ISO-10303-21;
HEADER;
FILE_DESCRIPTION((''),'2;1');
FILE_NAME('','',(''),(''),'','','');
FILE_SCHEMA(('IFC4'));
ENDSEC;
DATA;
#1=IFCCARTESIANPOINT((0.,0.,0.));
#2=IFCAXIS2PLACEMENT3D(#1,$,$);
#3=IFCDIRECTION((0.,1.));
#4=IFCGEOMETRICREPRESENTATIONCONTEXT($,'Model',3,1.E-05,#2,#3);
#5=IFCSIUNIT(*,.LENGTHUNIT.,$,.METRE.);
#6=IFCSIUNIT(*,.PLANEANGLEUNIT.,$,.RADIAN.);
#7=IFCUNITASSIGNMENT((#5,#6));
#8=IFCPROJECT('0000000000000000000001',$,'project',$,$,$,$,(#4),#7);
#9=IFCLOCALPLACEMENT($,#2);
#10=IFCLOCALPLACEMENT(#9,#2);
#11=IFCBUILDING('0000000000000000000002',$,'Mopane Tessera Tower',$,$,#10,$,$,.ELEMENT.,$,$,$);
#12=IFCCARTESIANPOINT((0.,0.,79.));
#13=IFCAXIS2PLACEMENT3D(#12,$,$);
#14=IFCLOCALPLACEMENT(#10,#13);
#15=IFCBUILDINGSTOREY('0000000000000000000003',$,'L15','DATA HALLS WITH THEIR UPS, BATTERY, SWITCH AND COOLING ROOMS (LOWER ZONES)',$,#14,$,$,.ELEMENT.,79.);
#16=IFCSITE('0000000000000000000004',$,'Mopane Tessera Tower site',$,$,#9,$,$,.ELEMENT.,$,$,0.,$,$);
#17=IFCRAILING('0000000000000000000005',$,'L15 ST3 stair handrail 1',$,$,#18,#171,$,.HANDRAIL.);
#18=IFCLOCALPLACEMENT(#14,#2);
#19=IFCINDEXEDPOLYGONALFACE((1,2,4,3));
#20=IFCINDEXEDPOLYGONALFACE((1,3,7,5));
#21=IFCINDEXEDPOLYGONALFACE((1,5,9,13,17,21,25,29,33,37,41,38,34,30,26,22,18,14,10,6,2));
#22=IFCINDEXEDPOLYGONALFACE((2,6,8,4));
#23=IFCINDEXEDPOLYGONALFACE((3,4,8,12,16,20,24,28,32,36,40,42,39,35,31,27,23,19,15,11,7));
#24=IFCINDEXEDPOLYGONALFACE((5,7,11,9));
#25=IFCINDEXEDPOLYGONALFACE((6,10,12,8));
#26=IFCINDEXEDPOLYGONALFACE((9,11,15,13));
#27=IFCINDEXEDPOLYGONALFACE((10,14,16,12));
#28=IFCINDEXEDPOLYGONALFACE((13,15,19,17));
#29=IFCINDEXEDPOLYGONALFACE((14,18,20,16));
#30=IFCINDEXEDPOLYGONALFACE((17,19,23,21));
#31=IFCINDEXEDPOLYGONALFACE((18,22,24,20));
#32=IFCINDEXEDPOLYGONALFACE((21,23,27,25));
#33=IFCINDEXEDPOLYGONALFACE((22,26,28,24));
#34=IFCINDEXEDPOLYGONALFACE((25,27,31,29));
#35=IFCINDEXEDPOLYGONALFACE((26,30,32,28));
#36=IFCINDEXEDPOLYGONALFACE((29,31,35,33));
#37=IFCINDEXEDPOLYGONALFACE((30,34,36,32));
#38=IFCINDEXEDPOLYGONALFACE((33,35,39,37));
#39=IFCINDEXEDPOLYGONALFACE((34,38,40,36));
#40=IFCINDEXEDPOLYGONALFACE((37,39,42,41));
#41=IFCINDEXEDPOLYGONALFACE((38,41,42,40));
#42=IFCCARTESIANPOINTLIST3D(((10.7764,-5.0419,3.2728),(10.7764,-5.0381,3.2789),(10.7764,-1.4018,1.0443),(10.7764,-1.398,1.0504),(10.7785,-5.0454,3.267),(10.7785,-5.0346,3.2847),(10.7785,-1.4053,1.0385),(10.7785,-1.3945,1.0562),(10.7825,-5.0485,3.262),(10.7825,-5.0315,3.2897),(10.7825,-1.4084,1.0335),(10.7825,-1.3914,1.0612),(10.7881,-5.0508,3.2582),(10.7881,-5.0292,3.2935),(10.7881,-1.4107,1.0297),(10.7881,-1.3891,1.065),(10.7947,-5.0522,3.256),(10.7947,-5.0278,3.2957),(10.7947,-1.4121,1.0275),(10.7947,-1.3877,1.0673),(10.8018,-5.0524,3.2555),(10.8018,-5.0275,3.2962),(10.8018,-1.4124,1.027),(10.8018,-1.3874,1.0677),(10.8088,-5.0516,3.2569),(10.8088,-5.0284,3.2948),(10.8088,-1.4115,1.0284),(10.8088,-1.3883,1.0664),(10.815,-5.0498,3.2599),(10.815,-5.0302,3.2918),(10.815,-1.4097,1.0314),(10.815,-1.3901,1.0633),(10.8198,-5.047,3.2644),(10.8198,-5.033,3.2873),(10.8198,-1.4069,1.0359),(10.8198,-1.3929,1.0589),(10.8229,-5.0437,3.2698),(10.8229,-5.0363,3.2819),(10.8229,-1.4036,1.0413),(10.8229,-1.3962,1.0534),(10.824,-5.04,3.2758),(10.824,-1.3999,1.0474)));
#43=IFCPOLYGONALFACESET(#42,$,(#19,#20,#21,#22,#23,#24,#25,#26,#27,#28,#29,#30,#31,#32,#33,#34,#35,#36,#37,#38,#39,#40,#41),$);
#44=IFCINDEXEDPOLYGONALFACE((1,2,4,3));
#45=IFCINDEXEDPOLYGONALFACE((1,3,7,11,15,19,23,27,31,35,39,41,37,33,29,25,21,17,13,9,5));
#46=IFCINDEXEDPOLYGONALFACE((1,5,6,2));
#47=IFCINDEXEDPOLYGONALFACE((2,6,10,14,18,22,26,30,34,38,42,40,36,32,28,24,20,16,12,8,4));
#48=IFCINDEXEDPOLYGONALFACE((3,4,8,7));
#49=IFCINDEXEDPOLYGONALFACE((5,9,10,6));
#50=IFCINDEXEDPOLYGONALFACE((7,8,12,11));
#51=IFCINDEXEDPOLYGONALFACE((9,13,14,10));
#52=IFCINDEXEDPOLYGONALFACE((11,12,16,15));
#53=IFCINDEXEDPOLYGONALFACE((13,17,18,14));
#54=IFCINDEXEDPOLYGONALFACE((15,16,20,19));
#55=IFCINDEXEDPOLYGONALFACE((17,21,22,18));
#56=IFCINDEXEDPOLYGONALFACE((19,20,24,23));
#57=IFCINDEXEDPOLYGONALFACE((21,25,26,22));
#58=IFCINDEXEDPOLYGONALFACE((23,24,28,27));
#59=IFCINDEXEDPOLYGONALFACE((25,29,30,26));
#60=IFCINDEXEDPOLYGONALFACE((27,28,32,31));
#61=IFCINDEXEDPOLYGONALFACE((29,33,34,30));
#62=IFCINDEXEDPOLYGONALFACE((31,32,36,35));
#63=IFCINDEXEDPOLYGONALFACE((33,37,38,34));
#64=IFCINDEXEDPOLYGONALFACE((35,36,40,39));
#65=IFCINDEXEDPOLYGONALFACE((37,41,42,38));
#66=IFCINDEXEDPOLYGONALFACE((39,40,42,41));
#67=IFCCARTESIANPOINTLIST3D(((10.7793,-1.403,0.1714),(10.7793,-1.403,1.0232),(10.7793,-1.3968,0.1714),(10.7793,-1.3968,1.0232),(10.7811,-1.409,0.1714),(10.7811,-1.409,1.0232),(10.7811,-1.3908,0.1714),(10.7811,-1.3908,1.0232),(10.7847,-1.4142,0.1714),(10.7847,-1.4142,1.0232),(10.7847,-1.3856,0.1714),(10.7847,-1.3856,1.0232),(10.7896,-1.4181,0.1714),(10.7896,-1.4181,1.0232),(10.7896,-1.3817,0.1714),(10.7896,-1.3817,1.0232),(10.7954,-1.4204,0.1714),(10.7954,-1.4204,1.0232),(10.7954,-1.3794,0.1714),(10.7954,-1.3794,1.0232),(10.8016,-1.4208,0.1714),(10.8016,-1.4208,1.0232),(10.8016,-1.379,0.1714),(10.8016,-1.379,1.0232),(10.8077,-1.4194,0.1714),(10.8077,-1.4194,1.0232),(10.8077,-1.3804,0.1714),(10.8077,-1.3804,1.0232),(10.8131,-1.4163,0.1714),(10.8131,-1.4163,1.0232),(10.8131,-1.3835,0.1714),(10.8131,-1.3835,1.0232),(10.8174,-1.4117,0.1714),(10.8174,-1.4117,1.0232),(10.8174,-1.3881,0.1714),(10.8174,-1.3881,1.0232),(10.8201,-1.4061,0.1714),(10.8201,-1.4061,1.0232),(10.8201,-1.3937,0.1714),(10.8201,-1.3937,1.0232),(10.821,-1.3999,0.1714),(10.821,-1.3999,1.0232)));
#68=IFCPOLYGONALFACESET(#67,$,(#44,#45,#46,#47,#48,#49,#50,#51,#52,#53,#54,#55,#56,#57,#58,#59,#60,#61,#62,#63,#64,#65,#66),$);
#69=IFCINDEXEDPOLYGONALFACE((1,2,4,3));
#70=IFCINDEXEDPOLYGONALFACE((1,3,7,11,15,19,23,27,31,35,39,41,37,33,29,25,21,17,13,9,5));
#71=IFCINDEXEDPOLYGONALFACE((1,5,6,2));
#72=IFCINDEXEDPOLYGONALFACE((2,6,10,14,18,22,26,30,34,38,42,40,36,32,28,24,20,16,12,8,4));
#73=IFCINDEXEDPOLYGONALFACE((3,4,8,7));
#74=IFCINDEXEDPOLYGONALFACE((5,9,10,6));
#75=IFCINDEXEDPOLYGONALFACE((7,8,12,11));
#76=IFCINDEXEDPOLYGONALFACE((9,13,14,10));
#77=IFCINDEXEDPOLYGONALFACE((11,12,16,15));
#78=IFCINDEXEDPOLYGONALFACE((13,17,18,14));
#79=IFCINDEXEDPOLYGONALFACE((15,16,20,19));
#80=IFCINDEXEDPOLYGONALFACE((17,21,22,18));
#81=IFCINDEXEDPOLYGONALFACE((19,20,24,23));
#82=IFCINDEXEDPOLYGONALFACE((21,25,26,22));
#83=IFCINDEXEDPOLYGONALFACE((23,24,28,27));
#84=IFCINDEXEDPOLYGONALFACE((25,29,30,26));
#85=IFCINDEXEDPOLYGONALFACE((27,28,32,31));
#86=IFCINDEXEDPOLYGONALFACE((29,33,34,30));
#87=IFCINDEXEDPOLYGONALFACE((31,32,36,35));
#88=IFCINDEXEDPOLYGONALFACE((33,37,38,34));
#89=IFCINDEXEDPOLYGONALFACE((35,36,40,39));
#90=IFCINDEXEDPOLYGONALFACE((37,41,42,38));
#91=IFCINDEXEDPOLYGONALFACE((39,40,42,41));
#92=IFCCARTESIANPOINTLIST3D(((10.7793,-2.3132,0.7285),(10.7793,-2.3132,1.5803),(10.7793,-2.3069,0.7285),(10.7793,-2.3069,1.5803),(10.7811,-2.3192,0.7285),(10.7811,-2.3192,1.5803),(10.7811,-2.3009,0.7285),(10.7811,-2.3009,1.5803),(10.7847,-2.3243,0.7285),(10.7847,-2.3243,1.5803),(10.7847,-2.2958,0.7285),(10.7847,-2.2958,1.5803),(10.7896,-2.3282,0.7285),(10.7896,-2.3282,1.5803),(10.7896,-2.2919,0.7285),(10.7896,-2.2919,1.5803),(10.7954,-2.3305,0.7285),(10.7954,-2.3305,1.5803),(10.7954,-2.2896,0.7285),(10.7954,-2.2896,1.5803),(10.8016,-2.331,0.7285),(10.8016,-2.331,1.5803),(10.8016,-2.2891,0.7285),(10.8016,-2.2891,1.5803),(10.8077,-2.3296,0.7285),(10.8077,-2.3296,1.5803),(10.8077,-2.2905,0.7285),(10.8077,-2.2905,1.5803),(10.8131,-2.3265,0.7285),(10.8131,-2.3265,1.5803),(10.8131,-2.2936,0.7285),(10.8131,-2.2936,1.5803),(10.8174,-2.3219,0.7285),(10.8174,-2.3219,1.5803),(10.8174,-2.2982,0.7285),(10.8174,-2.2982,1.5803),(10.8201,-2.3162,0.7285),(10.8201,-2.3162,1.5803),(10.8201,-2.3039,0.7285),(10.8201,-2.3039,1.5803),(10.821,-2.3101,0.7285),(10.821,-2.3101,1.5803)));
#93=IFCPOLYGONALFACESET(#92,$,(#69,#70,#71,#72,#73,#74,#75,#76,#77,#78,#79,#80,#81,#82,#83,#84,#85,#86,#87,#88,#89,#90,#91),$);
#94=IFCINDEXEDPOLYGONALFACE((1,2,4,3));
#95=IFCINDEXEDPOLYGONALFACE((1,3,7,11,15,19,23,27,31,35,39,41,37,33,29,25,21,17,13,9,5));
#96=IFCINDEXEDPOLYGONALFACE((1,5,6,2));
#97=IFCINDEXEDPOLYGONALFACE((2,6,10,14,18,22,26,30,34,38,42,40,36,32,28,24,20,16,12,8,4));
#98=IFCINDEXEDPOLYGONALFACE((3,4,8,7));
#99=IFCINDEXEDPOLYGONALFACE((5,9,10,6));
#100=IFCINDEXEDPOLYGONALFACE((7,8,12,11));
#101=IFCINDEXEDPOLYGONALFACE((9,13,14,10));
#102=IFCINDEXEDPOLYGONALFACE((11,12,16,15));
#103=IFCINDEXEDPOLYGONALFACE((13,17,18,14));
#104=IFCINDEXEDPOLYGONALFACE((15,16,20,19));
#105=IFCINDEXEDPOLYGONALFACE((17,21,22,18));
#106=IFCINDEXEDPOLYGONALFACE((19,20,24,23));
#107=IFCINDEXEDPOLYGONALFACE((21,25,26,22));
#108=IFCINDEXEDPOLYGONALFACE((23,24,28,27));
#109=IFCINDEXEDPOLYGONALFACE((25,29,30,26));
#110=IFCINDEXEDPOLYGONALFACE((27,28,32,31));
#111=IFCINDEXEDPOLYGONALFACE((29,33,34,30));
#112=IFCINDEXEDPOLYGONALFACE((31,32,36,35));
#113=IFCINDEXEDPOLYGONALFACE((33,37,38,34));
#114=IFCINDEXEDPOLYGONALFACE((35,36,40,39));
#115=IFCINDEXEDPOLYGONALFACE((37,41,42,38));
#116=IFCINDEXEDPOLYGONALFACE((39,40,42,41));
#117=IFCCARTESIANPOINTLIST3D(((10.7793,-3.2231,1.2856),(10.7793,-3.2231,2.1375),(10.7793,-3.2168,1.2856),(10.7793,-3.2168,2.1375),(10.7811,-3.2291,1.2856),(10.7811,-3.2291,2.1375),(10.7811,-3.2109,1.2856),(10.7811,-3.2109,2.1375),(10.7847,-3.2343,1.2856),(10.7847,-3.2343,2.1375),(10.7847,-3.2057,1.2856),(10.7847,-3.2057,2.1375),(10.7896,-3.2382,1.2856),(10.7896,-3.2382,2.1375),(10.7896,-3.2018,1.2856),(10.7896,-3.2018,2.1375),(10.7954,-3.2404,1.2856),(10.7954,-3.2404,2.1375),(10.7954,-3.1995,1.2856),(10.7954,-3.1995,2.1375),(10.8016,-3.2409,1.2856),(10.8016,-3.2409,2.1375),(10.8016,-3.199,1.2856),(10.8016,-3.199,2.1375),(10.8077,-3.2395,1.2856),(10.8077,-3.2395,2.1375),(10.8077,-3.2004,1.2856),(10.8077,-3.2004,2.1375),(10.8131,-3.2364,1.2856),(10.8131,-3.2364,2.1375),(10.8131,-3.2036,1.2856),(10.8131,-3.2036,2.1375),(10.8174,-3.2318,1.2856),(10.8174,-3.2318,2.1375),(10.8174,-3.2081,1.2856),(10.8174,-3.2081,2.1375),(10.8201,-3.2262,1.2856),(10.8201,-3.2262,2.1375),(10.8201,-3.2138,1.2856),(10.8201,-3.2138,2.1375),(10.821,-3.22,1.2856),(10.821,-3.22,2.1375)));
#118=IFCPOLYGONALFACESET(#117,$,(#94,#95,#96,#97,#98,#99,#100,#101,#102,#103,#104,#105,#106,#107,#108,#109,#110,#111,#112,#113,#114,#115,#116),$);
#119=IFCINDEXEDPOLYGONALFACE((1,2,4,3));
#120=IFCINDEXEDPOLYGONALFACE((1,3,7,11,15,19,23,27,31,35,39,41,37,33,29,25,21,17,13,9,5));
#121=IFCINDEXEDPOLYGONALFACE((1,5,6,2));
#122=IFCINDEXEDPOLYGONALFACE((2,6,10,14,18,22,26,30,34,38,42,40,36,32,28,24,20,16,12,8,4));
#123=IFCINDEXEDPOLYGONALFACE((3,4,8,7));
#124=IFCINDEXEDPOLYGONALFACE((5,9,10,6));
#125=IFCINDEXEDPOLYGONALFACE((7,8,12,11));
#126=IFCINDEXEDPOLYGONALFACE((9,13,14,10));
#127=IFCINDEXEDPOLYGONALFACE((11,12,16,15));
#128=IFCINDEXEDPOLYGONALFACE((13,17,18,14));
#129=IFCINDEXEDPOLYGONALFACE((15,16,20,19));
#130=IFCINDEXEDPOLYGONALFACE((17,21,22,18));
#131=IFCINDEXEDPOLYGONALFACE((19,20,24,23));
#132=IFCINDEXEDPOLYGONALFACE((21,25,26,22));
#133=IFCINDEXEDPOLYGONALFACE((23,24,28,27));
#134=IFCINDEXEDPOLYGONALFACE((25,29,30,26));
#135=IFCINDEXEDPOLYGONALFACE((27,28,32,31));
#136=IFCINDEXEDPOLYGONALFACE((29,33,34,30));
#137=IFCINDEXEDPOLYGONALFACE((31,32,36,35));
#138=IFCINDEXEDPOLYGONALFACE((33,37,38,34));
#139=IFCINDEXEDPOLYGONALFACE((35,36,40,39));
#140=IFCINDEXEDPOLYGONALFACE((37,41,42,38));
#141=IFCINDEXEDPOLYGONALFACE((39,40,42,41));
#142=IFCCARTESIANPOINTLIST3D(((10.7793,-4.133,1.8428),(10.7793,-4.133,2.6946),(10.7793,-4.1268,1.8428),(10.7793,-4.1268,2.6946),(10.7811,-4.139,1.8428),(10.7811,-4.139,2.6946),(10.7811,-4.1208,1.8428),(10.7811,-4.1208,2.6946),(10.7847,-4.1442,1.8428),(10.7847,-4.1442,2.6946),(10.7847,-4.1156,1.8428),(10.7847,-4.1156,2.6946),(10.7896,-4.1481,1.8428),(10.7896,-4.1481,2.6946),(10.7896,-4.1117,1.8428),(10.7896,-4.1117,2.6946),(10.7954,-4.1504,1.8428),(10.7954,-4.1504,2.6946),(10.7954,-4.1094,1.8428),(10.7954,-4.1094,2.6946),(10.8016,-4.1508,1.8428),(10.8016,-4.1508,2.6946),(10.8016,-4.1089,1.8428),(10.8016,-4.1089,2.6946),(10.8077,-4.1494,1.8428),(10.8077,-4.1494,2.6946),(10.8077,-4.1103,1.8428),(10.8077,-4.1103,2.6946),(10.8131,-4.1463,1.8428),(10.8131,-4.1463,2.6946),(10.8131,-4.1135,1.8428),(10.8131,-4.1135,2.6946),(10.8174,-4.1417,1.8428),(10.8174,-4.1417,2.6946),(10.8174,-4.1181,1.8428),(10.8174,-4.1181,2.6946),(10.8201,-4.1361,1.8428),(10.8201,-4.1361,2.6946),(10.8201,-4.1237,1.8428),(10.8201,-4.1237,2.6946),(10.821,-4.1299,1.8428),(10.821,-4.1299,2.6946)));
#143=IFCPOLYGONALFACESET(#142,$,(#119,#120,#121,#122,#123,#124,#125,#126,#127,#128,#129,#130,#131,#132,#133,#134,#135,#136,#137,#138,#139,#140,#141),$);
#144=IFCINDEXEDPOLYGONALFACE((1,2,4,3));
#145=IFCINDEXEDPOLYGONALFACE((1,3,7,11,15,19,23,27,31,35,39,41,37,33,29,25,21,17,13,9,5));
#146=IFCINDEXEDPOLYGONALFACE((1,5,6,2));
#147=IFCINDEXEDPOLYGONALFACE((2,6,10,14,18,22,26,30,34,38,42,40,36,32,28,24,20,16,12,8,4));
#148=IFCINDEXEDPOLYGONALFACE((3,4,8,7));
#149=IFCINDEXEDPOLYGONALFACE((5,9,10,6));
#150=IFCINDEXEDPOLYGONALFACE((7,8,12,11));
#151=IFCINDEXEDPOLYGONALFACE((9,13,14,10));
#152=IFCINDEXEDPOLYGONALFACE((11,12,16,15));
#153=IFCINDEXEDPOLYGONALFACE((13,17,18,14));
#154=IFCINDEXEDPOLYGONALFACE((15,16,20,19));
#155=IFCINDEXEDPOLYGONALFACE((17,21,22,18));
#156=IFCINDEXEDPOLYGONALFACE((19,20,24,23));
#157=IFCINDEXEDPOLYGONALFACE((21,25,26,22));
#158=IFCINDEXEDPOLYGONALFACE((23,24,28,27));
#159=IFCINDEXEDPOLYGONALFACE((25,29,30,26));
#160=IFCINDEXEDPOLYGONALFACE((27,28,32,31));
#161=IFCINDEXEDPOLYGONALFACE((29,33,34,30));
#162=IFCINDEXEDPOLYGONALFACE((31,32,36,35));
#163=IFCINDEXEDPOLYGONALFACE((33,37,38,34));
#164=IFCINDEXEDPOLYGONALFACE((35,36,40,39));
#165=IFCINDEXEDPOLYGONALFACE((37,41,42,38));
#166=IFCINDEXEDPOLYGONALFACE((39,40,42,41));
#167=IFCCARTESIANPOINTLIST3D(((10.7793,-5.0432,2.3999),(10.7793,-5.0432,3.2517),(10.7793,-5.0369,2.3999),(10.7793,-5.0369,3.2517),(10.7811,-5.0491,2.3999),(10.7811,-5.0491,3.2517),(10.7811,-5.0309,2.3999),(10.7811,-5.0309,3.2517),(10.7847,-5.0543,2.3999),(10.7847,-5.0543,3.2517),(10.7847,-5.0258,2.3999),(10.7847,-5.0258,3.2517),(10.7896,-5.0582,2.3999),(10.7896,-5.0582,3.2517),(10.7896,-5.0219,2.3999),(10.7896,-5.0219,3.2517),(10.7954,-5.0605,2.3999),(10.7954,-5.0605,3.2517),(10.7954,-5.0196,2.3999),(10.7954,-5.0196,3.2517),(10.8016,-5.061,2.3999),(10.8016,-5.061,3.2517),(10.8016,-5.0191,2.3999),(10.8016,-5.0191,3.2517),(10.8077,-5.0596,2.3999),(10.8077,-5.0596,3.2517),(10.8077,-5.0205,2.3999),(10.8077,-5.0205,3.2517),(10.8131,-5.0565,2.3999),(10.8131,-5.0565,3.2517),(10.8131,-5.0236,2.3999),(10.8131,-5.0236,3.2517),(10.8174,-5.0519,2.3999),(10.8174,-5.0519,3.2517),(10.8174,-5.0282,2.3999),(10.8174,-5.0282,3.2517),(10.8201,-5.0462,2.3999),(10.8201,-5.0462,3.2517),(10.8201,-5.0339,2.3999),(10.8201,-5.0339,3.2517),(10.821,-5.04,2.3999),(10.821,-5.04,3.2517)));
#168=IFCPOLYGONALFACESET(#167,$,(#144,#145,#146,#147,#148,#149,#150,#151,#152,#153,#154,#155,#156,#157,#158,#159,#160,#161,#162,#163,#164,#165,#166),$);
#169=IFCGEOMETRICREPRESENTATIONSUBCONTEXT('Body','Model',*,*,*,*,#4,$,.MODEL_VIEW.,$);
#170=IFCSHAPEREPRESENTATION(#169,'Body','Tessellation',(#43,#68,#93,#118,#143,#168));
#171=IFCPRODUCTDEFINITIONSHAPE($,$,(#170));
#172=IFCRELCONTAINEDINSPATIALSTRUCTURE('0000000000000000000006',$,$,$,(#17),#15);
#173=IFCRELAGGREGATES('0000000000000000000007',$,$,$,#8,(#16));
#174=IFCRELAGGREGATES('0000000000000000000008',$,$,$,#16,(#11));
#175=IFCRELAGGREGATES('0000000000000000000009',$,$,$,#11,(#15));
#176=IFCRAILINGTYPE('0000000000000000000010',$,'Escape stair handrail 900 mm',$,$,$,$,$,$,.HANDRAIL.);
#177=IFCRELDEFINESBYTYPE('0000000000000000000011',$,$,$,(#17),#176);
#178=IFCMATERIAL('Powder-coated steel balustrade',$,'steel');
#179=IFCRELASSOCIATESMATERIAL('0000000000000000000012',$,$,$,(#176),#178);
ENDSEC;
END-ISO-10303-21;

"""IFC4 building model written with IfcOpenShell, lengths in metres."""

from ifc_helpers import new_model, si_unit, direction, frame, origin, origin_2d, place, context, subcontext, project, spatial, circle, extrude, material, type_object, element, save


model = new_model("IFC4")

# Units and contexts
model_context = context("Model", 3, precision=1e-05, world=origin(), true_north=direction((0.0, 1.0)))
body_context = subcontext(model_context, "Body", "Model", "MODEL_VIEW")
ifc_project = project(units=[si_unit("LENGTHUNIT", "METRE"), si_unit("PLANEANGLEUNIT", "RADIAN")], contexts=[model_context])

# Site, building, storey
site_placement = place(None, origin())
site = spatial("IfcSite", under=ifc_project, at=site_placement, Name="Mopane Tessera Tower site", CompositionType="ELEMENT", RefElevation=0.0)
building_placement = place(site_placement, origin())
building = spatial("IfcBuilding", under=site, at=building_placement, Name="Mopane Tessera Tower", CompositionType="ELEMENT")
storey_placement = place(building_placement, frame((0.0, 0.0, 79.0)))
storey = spatial("IfcBuildingStorey", under=building, at=storey_placement, Name="L15", Description="DATA HALLS WITH THEIR UPS, BATTERY, SWITCH AND COOLING ROOMS (LOWER ZONES)", CompositionType="ELEMENT", Elevation=79.0)

# Railing
ifc_material_1 = material(Name="Powder-coated steel balustrade", Category="steel")
railing_type_1 = type_object("IfcRailingType", Name="Escape stair handrail 900 mm", PredefinedType="HANDRAIL", material=ifc_material_1)
railing_1_placement = place(storey_placement, frame((10.8, -1.3999, 0.1714)))
element("IfcRailing", 1, at=railing_1_placement, inside=storey, type_object=railing_type_1, Name="L15 ST3 stair handrail 1", PredefinedType="HANDRAIL", context=body_context, shape_type="SweptSolid", body=[
    extrude(circle(Radius=0.0239, at=origin_2d()), frame((0.0, 0.0, 0.876), z_axis=(0.0, -0.852866, 0.52213), x_axis=(1.0, 0.0, 0.0)), (0.0, 0.0, 1.0), 4.2681),
    extrude(circle(Radius=0.021, at=origin_2d()), origin(), (0.0, 0.0, 1.0), 0.8518),
    extrude(circle(Radius=0.021, at=origin_2d()), frame((0.0, -0.9102, 0.5571)), (0.0, 0.0, 1.0), 0.8518),
    extrude(circle(Radius=0.021, at=origin_2d()), frame((0.0, -1.8201, 1.1143)), (0.0, 0.0, 1.0), 0.8518),
    extrude(circle(Radius=0.021, at=origin_2d()), frame((0.0, -2.73, 1.6714)), (0.0, 0.0, 1.0), 0.8518),
    extrude(circle(Radius=0.021, at=origin_2d()), frame((0.0, -3.6401, 2.2285)), (0.0, 0.0, 1.0), 0.8518),
])

save(model, "model.ifc")
